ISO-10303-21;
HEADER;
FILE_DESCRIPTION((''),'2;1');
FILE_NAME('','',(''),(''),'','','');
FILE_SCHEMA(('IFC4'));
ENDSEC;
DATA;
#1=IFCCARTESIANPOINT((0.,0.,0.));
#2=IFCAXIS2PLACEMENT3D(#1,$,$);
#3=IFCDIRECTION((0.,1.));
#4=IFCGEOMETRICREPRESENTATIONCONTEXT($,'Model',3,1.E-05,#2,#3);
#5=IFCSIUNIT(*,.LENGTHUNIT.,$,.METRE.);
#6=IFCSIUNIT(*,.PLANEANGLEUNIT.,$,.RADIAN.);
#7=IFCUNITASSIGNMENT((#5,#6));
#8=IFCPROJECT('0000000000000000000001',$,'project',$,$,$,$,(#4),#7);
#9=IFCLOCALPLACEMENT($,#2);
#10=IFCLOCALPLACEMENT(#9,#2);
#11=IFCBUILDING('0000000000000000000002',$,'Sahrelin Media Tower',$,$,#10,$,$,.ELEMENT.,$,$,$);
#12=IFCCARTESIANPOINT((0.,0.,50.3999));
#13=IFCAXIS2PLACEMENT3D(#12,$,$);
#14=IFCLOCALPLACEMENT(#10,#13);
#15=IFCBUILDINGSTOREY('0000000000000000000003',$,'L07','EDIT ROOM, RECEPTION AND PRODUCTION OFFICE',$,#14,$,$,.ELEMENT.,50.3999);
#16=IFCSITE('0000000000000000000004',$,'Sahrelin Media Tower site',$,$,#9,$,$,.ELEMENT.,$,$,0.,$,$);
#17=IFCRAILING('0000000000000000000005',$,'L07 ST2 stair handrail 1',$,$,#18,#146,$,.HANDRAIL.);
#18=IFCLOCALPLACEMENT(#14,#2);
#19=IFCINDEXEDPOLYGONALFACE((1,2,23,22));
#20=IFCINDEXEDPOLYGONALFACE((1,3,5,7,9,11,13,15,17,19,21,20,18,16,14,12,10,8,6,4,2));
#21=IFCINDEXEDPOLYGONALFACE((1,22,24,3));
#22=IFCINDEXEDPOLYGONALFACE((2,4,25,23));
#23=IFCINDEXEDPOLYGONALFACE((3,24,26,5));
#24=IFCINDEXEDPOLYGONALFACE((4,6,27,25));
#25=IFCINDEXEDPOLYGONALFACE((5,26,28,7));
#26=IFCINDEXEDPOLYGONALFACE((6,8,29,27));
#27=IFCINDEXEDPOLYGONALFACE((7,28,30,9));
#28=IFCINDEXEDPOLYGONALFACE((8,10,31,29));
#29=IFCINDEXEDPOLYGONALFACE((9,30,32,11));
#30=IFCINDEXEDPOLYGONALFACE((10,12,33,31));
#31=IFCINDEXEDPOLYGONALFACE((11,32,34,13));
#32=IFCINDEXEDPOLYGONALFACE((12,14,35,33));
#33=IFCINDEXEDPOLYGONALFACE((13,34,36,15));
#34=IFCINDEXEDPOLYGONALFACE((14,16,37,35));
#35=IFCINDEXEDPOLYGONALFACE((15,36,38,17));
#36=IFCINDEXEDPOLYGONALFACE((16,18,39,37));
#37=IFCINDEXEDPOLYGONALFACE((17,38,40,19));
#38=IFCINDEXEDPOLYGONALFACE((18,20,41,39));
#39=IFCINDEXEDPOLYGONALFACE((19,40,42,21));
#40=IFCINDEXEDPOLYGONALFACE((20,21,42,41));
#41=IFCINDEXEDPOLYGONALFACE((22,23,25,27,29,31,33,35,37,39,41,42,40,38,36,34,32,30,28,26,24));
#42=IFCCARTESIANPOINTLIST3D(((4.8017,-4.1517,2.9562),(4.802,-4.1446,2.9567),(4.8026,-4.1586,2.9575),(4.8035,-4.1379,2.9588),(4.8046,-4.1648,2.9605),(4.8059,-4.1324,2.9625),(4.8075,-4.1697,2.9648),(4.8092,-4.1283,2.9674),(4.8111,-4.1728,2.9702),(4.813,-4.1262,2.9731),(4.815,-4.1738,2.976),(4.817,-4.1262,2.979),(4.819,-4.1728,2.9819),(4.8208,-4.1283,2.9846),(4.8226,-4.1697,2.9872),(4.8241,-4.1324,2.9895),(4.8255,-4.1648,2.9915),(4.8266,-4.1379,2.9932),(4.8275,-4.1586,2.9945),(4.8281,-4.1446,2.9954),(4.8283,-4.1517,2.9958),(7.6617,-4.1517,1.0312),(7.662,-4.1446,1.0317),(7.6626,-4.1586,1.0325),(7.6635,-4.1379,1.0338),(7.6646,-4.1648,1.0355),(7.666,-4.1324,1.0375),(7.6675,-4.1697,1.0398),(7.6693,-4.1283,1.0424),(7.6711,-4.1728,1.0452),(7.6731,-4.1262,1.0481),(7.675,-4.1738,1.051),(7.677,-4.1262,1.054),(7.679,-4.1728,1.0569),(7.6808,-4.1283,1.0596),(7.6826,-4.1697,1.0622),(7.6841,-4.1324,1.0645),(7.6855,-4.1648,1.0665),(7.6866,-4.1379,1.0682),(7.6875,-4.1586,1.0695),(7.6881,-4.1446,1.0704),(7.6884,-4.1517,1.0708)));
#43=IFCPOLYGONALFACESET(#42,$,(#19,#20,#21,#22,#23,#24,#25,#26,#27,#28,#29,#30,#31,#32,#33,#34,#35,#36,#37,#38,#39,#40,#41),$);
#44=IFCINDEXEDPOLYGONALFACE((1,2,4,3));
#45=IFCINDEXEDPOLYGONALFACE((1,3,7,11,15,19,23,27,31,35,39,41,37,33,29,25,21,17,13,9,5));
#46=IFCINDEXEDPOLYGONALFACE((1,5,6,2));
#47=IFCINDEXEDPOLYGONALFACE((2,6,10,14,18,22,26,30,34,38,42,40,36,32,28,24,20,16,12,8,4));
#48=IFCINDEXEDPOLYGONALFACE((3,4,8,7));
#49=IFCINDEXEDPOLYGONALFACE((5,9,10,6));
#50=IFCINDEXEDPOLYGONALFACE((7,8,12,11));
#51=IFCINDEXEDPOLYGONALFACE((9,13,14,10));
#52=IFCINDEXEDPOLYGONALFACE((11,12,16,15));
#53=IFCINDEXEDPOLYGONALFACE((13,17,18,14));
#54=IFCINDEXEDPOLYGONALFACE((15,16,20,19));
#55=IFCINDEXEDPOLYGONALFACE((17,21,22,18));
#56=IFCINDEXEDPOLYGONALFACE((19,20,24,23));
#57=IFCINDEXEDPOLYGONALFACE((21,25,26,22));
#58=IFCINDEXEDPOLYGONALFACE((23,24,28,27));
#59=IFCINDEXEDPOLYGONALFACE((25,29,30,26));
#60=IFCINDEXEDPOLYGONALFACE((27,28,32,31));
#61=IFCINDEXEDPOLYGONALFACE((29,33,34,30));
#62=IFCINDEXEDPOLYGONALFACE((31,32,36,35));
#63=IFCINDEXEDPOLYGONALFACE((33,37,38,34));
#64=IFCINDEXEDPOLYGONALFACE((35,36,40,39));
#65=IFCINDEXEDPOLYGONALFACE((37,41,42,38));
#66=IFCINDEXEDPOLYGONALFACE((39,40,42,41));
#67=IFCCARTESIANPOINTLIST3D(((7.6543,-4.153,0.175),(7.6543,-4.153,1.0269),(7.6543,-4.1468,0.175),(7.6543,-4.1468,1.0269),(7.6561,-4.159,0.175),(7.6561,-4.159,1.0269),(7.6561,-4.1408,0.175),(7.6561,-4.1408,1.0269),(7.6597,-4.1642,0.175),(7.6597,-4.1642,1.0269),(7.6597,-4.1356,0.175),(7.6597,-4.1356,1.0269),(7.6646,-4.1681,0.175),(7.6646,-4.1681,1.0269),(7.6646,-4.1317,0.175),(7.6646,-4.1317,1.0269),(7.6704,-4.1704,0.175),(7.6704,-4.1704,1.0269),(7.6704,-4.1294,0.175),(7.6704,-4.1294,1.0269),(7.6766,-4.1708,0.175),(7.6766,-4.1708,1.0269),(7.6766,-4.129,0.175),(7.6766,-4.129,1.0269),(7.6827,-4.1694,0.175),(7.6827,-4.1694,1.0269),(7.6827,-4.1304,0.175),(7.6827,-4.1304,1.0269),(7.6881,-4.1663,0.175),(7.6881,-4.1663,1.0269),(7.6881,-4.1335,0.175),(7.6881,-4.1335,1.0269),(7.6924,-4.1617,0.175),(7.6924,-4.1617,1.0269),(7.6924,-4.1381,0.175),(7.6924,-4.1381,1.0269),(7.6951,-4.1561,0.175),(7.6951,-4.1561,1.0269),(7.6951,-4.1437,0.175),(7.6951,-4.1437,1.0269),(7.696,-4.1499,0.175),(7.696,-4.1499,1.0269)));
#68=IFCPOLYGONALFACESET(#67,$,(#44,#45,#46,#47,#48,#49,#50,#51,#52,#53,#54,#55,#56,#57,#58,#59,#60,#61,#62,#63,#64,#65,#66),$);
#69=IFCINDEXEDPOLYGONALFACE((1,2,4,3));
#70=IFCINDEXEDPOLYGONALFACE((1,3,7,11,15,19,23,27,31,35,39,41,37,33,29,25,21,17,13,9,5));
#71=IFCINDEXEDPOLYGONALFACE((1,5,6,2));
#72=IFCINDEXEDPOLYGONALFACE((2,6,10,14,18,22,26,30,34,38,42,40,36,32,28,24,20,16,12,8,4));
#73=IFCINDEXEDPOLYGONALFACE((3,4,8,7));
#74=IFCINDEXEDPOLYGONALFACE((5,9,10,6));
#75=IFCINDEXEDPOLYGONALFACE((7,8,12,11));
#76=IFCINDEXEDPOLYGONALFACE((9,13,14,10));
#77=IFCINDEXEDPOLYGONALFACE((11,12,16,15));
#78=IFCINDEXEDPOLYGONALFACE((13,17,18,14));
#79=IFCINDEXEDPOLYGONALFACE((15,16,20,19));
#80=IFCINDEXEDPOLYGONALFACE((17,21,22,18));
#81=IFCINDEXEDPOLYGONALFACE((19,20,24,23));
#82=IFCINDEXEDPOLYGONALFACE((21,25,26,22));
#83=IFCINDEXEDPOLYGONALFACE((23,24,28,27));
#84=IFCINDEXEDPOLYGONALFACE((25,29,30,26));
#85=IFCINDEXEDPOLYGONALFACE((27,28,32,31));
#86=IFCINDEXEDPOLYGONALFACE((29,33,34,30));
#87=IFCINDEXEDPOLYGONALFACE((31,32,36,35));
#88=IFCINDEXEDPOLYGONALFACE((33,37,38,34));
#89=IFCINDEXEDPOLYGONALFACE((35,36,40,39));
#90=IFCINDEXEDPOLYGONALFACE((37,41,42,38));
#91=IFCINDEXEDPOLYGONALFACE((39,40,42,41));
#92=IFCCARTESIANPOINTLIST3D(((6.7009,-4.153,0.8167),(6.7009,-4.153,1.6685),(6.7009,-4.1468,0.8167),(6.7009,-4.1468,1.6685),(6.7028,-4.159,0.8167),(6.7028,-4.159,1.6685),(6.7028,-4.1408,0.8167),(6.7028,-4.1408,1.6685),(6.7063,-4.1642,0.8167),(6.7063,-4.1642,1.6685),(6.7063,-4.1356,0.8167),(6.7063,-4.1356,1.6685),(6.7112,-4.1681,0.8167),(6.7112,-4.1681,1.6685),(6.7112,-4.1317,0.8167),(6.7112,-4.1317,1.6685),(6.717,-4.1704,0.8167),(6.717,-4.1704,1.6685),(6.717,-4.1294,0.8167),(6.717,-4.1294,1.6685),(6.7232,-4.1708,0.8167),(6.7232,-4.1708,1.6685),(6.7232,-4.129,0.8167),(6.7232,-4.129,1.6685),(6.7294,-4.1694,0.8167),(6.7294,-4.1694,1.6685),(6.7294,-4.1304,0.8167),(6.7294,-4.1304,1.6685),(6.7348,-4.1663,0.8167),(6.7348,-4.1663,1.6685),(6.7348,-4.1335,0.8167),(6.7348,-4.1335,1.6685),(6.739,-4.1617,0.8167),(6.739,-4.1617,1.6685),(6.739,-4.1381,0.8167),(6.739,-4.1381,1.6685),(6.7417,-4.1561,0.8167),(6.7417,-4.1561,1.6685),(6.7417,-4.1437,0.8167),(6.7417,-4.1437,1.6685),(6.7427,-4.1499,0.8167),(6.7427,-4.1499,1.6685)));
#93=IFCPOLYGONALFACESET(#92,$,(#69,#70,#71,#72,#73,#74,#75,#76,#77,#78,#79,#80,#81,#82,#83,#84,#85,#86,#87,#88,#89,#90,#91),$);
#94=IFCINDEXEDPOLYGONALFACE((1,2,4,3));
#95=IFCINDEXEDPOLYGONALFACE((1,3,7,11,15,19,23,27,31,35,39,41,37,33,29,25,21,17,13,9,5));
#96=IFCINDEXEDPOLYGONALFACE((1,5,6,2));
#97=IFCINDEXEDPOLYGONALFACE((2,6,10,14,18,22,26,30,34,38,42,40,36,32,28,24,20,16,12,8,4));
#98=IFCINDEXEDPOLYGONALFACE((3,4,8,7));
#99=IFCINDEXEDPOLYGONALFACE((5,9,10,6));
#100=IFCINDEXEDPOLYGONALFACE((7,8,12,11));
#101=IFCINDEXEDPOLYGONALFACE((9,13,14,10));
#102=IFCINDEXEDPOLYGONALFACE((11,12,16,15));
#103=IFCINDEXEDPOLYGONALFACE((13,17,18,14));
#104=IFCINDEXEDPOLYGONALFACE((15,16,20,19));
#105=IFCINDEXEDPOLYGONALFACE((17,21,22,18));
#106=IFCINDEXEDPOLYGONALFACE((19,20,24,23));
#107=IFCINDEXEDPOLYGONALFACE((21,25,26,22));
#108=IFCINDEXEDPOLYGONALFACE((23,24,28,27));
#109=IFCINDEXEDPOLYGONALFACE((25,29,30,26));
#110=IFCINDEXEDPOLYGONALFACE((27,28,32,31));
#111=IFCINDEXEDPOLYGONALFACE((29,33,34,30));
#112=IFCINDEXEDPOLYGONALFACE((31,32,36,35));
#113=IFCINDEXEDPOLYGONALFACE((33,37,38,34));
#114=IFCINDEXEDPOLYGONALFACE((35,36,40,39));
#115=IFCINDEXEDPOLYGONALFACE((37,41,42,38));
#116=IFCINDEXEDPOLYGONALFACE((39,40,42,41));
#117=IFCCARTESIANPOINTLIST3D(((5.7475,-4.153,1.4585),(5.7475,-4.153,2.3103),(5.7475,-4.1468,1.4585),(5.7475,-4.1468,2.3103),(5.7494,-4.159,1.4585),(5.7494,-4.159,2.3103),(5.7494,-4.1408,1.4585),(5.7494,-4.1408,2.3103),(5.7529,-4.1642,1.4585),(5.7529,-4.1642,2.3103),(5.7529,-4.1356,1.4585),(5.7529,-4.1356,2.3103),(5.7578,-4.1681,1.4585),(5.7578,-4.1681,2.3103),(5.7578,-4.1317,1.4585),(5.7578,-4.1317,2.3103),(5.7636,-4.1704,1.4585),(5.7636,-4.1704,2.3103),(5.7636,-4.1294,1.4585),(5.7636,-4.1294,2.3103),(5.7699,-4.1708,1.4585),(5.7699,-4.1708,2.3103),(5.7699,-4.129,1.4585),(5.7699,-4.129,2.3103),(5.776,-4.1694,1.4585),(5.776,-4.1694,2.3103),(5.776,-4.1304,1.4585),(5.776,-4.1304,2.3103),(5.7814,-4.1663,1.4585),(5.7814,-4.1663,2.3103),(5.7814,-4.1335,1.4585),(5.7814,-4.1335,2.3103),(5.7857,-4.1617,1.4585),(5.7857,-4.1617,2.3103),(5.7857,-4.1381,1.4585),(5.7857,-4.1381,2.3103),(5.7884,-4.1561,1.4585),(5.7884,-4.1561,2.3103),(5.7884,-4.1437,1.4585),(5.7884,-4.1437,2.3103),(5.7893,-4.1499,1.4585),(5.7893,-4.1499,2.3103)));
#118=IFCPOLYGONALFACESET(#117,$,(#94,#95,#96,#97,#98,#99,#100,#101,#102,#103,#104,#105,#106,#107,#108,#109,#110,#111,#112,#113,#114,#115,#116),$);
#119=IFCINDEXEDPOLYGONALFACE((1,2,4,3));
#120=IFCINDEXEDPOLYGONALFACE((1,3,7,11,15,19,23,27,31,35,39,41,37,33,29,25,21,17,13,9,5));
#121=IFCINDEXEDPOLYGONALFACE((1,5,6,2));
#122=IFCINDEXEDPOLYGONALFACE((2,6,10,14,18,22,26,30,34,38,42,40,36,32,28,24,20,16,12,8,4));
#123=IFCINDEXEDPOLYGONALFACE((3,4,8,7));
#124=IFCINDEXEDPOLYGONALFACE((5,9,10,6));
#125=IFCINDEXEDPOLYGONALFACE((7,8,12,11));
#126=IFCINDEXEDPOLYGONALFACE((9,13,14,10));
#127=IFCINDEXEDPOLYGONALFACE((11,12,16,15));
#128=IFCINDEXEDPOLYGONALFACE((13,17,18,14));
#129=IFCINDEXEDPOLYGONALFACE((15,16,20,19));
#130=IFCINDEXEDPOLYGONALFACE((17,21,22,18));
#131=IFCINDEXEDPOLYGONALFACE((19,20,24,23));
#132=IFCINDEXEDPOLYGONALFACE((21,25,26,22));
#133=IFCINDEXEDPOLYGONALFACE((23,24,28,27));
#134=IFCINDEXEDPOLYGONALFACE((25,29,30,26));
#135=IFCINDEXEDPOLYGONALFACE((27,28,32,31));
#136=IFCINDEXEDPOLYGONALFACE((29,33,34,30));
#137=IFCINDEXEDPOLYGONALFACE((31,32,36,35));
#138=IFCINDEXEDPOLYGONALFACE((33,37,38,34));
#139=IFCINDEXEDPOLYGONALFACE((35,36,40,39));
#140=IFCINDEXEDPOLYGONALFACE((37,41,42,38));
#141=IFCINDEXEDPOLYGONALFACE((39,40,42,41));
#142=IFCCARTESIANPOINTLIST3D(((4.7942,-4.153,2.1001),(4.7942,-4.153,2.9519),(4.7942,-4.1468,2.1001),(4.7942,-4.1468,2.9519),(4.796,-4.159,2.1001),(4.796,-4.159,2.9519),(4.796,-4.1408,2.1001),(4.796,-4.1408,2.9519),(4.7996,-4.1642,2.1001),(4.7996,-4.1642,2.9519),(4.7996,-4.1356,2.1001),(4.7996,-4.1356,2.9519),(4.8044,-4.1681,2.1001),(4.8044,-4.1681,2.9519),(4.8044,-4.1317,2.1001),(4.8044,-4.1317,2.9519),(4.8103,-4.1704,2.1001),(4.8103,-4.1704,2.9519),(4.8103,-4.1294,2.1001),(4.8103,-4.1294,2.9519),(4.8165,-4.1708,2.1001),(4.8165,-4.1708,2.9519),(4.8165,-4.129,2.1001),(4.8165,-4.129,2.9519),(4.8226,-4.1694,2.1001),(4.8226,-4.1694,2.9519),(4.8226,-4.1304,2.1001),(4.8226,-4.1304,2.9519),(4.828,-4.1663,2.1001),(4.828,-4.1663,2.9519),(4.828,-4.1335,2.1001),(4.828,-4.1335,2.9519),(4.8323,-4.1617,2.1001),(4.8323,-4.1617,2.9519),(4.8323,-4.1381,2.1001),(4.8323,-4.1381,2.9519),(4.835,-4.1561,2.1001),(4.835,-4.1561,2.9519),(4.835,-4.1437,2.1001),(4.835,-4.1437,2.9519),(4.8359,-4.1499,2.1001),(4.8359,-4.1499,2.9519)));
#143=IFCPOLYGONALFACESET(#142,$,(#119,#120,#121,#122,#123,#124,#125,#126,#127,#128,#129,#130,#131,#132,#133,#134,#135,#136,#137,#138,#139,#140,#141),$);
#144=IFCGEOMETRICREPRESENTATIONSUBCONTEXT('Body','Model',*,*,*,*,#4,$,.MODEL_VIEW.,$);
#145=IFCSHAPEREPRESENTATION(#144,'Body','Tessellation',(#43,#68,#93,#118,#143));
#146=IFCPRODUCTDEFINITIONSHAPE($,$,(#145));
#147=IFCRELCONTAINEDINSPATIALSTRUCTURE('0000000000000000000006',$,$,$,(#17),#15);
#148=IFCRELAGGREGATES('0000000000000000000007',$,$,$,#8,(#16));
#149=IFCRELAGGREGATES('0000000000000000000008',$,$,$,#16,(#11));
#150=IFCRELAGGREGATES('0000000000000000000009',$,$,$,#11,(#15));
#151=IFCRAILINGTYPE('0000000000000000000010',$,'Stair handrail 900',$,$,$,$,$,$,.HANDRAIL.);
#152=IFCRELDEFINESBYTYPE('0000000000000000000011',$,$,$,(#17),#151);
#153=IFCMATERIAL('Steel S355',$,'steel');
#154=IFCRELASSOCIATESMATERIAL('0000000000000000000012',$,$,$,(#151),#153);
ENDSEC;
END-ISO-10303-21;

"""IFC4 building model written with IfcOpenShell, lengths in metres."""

from ifc_helpers import new_model, si_unit, direction, frame, origin, origin_2d, place, context, subcontext, project, spatial, circle, extrude, material, type_object, element, save


model = new_model("IFC4")

# Units and contexts
model_context = context("Model", 3, precision=1e-05, world=origin(), true_north=direction((0.0, 1.0)))
body_context = subcontext(model_context, "Body", "Model", "MODEL_VIEW")
ifc_project = project(units=[si_unit("LENGTHUNIT", "METRE"), si_unit("PLANEANGLEUNIT", "RADIAN")], contexts=[model_context])

# Site, building, storey
site_placement = place(None, origin())
site = spatial("IfcSite", under=ifc_project, at=site_placement, Name="Sahrelin Media Tower site", CompositionType="ELEMENT", RefElevation=0.0)
building_placement = place(site_placement, origin())
building = spatial("IfcBuilding", under=site, at=building_placement, Name="Sahrelin Media Tower", CompositionType="ELEMENT")
storey_placement = place(building_placement, frame((0.0, 0.0, 50.3999)))
storey = spatial("IfcBuildingStorey", under=building, at=storey_placement, Name="L07", Description="EDIT ROOM, RECEPTION AND PRODUCTION OFFICE", CompositionType="ELEMENT", Elevation=50.3999)

# Shared definitions
ifc_material_1 = material(Name="Steel S355", Category="steel")

# Railing
railing_type_1 = type_object("IfcRailingType", Name="Stair handrail 900", PredefinedType="HANDRAIL", material=ifc_material_1)
railing_1_placement = place(storey_placement, frame((7.675, -4.1499, 0.175)))
element("IfcRailing", 1, at=railing_1_placement, inside=storey, type_object=railing_type_1, Name="L07 ST2 stair handrail 1", PredefinedType="HANDRAIL", context=body_context, shape_type="SweptSolid", body=[
    extrude(circle(Radius=0.0239, at=origin_2d()), frame((0.0, 0.0, 0.876), z_axis=(-0.829591, 0.0, 0.558372), x_axis=(0.0, -1.0, 0.0)), (0.0, 0.0, 1.0), 3.4475),
    extrude(circle(Radius=0.021, at=origin_2d()), origin(), (0.0, 0.0, 1.0), 0.8518),
    extrude(circle(Radius=0.021, at=origin_2d()), frame((-0.9534, 0.0, 0.6416)), (0.0, 0.0, 1.0), 0.8518),
    extrude(circle(Radius=0.021, at=origin_2d()), frame((-1.9067, 0.0, 1.2834)), (0.0, 0.0, 1.0), 0.8518),
    extrude(circle(Radius=0.021, at=origin_2d()), frame((-2.8601, 0.0, 1.925)), (0.0, 0.0, 1.0), 0.8518),
])

save(model, "model.ifc")
